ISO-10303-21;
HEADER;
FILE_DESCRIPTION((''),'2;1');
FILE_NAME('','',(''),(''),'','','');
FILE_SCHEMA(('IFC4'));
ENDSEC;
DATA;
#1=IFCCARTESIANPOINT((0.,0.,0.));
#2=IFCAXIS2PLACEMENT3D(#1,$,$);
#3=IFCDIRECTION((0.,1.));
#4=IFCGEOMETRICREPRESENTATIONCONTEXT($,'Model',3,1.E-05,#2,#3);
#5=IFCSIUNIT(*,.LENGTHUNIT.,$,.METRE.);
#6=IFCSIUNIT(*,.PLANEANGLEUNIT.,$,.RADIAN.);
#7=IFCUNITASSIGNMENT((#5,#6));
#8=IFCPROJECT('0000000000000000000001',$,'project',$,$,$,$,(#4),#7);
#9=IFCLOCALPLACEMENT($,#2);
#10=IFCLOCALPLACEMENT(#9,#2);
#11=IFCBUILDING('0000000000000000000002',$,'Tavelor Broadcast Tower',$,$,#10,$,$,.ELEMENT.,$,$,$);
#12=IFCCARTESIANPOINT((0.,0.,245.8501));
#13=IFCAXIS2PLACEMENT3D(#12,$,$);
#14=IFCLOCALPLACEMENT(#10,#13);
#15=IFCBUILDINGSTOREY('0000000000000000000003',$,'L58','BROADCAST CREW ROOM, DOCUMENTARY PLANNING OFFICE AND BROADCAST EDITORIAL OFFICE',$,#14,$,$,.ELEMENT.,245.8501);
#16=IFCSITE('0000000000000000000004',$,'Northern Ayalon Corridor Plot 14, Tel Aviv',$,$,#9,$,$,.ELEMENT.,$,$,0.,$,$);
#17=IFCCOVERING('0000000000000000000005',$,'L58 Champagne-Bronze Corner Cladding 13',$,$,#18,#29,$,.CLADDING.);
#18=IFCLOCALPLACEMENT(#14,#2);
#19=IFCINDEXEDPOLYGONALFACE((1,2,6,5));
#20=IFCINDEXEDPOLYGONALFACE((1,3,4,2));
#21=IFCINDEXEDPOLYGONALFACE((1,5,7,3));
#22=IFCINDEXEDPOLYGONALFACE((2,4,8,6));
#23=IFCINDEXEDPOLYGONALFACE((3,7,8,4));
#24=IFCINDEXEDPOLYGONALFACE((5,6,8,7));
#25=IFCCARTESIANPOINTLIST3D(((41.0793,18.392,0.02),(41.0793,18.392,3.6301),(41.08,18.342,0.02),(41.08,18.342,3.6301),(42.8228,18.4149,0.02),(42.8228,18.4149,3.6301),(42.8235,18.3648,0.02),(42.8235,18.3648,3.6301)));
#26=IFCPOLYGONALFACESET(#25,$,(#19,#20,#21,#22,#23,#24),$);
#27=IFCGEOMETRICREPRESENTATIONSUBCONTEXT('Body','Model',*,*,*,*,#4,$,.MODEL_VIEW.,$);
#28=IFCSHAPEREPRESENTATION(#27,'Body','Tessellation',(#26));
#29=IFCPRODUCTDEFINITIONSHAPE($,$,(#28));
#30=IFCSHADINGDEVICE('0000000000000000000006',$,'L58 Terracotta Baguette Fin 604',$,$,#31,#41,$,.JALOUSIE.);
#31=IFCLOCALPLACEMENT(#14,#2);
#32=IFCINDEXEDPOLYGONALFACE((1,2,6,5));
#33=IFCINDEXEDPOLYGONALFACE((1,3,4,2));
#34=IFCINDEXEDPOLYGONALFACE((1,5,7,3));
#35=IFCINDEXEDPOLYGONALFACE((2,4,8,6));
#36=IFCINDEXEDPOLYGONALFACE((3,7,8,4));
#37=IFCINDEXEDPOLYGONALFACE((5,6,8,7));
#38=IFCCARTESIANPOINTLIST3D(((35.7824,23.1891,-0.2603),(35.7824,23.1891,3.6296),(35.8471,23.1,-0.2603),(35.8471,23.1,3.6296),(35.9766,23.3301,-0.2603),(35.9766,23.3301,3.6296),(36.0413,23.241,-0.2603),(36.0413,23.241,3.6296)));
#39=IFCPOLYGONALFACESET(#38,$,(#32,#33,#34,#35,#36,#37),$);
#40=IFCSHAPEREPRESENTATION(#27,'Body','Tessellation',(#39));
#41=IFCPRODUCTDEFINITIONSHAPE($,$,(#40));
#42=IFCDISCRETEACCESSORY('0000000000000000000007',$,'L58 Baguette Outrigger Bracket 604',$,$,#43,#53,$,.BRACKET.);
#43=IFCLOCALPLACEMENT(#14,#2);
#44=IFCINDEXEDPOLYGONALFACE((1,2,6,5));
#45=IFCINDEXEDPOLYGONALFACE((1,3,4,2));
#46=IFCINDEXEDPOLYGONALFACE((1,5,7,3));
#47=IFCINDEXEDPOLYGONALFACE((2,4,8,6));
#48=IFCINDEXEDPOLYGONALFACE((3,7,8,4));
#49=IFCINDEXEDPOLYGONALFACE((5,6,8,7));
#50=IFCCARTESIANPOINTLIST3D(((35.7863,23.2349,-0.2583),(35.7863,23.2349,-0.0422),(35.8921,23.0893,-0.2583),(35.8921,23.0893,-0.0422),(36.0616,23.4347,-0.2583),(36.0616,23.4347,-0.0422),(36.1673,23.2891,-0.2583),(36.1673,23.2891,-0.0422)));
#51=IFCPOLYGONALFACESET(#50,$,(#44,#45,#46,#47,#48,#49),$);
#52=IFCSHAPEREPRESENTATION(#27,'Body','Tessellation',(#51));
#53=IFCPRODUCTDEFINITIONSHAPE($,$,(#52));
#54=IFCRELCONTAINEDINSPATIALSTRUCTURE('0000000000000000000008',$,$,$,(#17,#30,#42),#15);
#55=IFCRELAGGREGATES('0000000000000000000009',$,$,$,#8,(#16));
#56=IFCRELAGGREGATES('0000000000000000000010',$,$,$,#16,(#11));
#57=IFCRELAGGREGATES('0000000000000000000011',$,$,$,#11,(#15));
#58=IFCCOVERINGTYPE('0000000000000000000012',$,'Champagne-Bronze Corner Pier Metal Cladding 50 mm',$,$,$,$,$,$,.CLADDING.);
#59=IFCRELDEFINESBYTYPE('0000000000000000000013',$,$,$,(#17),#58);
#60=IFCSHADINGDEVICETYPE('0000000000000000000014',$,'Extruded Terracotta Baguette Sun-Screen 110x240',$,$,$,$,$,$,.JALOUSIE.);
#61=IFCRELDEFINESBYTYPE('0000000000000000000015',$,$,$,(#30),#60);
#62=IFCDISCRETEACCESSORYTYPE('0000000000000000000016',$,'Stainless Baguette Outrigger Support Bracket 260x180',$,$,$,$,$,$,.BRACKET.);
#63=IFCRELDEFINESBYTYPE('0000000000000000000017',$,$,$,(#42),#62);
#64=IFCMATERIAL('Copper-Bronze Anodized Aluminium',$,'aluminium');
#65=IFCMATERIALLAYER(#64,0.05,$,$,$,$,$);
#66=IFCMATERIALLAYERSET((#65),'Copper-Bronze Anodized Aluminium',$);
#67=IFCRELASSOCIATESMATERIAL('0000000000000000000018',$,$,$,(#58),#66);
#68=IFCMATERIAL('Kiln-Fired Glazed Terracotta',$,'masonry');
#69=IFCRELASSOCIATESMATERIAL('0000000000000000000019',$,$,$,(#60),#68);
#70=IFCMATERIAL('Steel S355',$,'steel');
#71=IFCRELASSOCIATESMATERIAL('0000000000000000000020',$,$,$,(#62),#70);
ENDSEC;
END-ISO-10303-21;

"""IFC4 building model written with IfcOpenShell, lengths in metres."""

from ifc_helpers import new_model, si_unit, direction, frame, origin, origin_2d, place, context, subcontext, project, spatial, rectangle, extrude, source, transform, mapped, material, layer, layer_set, type_object, type_shapes, element, save


model = new_model("IFC4")

# Units and contexts
model_context = context("Model", 3, precision=1e-05, world=origin(), true_north=direction((0.0, 1.0)))
body_context = subcontext(model_context, "Body", "Model", "MODEL_VIEW")
ifc_project = project(units=[si_unit("LENGTHUNIT", "METRE"), si_unit("PLANEANGLEUNIT", "RADIAN")], contexts=[model_context])

# Site, building, storey
site_placement = place(None, origin())
site = spatial("IfcSite", under=ifc_project, at=site_placement, Name="Northern Ayalon Corridor Plot 14, Tel Aviv", CompositionType="ELEMENT", RefElevation=0.0)
building_placement = place(site_placement, origin())
building = spatial("IfcBuilding", under=site, at=building_placement, Name="Tavelor Broadcast Tower", CompositionType="ELEMENT")
storey_placement = place(building_placement, frame((0.0, 0.0, 245.8501)))
storey = spatial("IfcBuildingStorey", under=building, at=storey_placement, Name="L58", Description="BROADCAST CREW ROOM, DOCUMENTARY PLANNING OFFICE AND BROADCAST EDITORIAL OFFICE", CompositionType="ELEMENT", Elevation=245.8501)

# Shared definitions
ifc_material_1 = material(Name="Steel S355", Category="steel")

# Covering
ifc_material_2 = material(Name="Copper-Bronze Anodized Aluminium", Category="aluminium")
ifc_layer_1 = layer(ifc_material_2, 0.05)
ifc_layer_set_1 = layer_set([ifc_layer_1], Name="Copper-Bronze Anodized Aluminium")
covering_type = type_object("IfcCoveringType", Name="Champagne-Bronze Corner Pier Metal Cladding 50 mm", PredefinedType="CLADDING", material=ifc_layer_set_1)
covering_placement = place(storey_placement, frame((41.9514, 18.3784, 0.02), z_axis=(0.0, 0.0, 1.0), x_axis=(0.999914, 0.01309, 0.0)))
element("IfcCovering", 1, at=covering_placement, inside=storey, type_object=covering_type, Name="L58 Champagne-Bronze Corner Cladding 13", PredefinedType="CLADDING", context=body_context, shape_type="SweptSolid", body=[
    extrude(rectangle(XDim=1.7437, YDim=0.05, at=origin_2d()), origin(), (0.0, 0.0, 1.0), 3.6101),
])

# Shading device
ifc_material_3 = material(Name="Kiln-Fired Glazed Terracotta", Category="masonry")
shading_device_type = type_object("IfcShadingDeviceType", Name="Extruded Terracotta Baguette Sun-Screen 110x240", PredefinedType="JALOUSIE", material=ifc_material_3)
shared_shape_1 = source(origin(), body_context, "Body", "SweptSolid", [
    extrude(rectangle(XDim=0.1101, YDim=0.24, at=origin_2d()), origin(), (0.0, 0.0, 1.0), 3.8899),
])
type_shapes(shading_device_type, [shared_shape_1])
shading_device_placement = place(storey_placement, frame((35.9119, 23.2151, -0.2603), z_axis=(0.0, 0.0, 1.0), x_axis=(0.587503, -0.809222, 0.0)))
element("IfcShadingDevice", 2, at=shading_device_placement, inside=storey, type_object=shading_device_type, Name="L58 Terracotta Baguette Fin 604", PredefinedType="JALOUSIE", context=body_context, shape_type="MappedRepresentation", body=[
    mapped(shared_shape_1, transform((0.0, 0.0, 0.0), scale=1.0)),
])

# Discrete accessory
discrete_accessory_type = type_object("IfcDiscreteAccessoryType", Name="Stainless Baguette Outrigger Support Bracket 260x180", PredefinedType="BRACKET", material=ifc_material_1)
shared_shape_2 = source(origin(), body_context, "Body", "SweptSolid", [
    extrude(rectangle(XDim=0.1799, YDim=0.3401, at=origin_2d()), origin(), (0.0, 0.0, 1.0), 0.2161),
])
type_shapes(discrete_accessory_type, [shared_shape_2])
discrete_accessory_placement = place(storey_placement, frame((35.9768, 23.262, -0.2583), z_axis=(0.0, 0.0, 1.0), x_axis=(0.587503, -0.809222, 0.0)))
element("IfcDiscreteAccessory", 3, at=discrete_accessory_placement, inside=storey, type_object=discrete_accessory_type, Name="L58 Baguette Outrigger Bracket 604", PredefinedType="BRACKET", context=body_context, shape_type="MappedRepresentation", body=[
    mapped(shared_shape_2, transform((0.0, 0.0, 0.0), scale=1.0)),
])

save(model, "model.ifc")
